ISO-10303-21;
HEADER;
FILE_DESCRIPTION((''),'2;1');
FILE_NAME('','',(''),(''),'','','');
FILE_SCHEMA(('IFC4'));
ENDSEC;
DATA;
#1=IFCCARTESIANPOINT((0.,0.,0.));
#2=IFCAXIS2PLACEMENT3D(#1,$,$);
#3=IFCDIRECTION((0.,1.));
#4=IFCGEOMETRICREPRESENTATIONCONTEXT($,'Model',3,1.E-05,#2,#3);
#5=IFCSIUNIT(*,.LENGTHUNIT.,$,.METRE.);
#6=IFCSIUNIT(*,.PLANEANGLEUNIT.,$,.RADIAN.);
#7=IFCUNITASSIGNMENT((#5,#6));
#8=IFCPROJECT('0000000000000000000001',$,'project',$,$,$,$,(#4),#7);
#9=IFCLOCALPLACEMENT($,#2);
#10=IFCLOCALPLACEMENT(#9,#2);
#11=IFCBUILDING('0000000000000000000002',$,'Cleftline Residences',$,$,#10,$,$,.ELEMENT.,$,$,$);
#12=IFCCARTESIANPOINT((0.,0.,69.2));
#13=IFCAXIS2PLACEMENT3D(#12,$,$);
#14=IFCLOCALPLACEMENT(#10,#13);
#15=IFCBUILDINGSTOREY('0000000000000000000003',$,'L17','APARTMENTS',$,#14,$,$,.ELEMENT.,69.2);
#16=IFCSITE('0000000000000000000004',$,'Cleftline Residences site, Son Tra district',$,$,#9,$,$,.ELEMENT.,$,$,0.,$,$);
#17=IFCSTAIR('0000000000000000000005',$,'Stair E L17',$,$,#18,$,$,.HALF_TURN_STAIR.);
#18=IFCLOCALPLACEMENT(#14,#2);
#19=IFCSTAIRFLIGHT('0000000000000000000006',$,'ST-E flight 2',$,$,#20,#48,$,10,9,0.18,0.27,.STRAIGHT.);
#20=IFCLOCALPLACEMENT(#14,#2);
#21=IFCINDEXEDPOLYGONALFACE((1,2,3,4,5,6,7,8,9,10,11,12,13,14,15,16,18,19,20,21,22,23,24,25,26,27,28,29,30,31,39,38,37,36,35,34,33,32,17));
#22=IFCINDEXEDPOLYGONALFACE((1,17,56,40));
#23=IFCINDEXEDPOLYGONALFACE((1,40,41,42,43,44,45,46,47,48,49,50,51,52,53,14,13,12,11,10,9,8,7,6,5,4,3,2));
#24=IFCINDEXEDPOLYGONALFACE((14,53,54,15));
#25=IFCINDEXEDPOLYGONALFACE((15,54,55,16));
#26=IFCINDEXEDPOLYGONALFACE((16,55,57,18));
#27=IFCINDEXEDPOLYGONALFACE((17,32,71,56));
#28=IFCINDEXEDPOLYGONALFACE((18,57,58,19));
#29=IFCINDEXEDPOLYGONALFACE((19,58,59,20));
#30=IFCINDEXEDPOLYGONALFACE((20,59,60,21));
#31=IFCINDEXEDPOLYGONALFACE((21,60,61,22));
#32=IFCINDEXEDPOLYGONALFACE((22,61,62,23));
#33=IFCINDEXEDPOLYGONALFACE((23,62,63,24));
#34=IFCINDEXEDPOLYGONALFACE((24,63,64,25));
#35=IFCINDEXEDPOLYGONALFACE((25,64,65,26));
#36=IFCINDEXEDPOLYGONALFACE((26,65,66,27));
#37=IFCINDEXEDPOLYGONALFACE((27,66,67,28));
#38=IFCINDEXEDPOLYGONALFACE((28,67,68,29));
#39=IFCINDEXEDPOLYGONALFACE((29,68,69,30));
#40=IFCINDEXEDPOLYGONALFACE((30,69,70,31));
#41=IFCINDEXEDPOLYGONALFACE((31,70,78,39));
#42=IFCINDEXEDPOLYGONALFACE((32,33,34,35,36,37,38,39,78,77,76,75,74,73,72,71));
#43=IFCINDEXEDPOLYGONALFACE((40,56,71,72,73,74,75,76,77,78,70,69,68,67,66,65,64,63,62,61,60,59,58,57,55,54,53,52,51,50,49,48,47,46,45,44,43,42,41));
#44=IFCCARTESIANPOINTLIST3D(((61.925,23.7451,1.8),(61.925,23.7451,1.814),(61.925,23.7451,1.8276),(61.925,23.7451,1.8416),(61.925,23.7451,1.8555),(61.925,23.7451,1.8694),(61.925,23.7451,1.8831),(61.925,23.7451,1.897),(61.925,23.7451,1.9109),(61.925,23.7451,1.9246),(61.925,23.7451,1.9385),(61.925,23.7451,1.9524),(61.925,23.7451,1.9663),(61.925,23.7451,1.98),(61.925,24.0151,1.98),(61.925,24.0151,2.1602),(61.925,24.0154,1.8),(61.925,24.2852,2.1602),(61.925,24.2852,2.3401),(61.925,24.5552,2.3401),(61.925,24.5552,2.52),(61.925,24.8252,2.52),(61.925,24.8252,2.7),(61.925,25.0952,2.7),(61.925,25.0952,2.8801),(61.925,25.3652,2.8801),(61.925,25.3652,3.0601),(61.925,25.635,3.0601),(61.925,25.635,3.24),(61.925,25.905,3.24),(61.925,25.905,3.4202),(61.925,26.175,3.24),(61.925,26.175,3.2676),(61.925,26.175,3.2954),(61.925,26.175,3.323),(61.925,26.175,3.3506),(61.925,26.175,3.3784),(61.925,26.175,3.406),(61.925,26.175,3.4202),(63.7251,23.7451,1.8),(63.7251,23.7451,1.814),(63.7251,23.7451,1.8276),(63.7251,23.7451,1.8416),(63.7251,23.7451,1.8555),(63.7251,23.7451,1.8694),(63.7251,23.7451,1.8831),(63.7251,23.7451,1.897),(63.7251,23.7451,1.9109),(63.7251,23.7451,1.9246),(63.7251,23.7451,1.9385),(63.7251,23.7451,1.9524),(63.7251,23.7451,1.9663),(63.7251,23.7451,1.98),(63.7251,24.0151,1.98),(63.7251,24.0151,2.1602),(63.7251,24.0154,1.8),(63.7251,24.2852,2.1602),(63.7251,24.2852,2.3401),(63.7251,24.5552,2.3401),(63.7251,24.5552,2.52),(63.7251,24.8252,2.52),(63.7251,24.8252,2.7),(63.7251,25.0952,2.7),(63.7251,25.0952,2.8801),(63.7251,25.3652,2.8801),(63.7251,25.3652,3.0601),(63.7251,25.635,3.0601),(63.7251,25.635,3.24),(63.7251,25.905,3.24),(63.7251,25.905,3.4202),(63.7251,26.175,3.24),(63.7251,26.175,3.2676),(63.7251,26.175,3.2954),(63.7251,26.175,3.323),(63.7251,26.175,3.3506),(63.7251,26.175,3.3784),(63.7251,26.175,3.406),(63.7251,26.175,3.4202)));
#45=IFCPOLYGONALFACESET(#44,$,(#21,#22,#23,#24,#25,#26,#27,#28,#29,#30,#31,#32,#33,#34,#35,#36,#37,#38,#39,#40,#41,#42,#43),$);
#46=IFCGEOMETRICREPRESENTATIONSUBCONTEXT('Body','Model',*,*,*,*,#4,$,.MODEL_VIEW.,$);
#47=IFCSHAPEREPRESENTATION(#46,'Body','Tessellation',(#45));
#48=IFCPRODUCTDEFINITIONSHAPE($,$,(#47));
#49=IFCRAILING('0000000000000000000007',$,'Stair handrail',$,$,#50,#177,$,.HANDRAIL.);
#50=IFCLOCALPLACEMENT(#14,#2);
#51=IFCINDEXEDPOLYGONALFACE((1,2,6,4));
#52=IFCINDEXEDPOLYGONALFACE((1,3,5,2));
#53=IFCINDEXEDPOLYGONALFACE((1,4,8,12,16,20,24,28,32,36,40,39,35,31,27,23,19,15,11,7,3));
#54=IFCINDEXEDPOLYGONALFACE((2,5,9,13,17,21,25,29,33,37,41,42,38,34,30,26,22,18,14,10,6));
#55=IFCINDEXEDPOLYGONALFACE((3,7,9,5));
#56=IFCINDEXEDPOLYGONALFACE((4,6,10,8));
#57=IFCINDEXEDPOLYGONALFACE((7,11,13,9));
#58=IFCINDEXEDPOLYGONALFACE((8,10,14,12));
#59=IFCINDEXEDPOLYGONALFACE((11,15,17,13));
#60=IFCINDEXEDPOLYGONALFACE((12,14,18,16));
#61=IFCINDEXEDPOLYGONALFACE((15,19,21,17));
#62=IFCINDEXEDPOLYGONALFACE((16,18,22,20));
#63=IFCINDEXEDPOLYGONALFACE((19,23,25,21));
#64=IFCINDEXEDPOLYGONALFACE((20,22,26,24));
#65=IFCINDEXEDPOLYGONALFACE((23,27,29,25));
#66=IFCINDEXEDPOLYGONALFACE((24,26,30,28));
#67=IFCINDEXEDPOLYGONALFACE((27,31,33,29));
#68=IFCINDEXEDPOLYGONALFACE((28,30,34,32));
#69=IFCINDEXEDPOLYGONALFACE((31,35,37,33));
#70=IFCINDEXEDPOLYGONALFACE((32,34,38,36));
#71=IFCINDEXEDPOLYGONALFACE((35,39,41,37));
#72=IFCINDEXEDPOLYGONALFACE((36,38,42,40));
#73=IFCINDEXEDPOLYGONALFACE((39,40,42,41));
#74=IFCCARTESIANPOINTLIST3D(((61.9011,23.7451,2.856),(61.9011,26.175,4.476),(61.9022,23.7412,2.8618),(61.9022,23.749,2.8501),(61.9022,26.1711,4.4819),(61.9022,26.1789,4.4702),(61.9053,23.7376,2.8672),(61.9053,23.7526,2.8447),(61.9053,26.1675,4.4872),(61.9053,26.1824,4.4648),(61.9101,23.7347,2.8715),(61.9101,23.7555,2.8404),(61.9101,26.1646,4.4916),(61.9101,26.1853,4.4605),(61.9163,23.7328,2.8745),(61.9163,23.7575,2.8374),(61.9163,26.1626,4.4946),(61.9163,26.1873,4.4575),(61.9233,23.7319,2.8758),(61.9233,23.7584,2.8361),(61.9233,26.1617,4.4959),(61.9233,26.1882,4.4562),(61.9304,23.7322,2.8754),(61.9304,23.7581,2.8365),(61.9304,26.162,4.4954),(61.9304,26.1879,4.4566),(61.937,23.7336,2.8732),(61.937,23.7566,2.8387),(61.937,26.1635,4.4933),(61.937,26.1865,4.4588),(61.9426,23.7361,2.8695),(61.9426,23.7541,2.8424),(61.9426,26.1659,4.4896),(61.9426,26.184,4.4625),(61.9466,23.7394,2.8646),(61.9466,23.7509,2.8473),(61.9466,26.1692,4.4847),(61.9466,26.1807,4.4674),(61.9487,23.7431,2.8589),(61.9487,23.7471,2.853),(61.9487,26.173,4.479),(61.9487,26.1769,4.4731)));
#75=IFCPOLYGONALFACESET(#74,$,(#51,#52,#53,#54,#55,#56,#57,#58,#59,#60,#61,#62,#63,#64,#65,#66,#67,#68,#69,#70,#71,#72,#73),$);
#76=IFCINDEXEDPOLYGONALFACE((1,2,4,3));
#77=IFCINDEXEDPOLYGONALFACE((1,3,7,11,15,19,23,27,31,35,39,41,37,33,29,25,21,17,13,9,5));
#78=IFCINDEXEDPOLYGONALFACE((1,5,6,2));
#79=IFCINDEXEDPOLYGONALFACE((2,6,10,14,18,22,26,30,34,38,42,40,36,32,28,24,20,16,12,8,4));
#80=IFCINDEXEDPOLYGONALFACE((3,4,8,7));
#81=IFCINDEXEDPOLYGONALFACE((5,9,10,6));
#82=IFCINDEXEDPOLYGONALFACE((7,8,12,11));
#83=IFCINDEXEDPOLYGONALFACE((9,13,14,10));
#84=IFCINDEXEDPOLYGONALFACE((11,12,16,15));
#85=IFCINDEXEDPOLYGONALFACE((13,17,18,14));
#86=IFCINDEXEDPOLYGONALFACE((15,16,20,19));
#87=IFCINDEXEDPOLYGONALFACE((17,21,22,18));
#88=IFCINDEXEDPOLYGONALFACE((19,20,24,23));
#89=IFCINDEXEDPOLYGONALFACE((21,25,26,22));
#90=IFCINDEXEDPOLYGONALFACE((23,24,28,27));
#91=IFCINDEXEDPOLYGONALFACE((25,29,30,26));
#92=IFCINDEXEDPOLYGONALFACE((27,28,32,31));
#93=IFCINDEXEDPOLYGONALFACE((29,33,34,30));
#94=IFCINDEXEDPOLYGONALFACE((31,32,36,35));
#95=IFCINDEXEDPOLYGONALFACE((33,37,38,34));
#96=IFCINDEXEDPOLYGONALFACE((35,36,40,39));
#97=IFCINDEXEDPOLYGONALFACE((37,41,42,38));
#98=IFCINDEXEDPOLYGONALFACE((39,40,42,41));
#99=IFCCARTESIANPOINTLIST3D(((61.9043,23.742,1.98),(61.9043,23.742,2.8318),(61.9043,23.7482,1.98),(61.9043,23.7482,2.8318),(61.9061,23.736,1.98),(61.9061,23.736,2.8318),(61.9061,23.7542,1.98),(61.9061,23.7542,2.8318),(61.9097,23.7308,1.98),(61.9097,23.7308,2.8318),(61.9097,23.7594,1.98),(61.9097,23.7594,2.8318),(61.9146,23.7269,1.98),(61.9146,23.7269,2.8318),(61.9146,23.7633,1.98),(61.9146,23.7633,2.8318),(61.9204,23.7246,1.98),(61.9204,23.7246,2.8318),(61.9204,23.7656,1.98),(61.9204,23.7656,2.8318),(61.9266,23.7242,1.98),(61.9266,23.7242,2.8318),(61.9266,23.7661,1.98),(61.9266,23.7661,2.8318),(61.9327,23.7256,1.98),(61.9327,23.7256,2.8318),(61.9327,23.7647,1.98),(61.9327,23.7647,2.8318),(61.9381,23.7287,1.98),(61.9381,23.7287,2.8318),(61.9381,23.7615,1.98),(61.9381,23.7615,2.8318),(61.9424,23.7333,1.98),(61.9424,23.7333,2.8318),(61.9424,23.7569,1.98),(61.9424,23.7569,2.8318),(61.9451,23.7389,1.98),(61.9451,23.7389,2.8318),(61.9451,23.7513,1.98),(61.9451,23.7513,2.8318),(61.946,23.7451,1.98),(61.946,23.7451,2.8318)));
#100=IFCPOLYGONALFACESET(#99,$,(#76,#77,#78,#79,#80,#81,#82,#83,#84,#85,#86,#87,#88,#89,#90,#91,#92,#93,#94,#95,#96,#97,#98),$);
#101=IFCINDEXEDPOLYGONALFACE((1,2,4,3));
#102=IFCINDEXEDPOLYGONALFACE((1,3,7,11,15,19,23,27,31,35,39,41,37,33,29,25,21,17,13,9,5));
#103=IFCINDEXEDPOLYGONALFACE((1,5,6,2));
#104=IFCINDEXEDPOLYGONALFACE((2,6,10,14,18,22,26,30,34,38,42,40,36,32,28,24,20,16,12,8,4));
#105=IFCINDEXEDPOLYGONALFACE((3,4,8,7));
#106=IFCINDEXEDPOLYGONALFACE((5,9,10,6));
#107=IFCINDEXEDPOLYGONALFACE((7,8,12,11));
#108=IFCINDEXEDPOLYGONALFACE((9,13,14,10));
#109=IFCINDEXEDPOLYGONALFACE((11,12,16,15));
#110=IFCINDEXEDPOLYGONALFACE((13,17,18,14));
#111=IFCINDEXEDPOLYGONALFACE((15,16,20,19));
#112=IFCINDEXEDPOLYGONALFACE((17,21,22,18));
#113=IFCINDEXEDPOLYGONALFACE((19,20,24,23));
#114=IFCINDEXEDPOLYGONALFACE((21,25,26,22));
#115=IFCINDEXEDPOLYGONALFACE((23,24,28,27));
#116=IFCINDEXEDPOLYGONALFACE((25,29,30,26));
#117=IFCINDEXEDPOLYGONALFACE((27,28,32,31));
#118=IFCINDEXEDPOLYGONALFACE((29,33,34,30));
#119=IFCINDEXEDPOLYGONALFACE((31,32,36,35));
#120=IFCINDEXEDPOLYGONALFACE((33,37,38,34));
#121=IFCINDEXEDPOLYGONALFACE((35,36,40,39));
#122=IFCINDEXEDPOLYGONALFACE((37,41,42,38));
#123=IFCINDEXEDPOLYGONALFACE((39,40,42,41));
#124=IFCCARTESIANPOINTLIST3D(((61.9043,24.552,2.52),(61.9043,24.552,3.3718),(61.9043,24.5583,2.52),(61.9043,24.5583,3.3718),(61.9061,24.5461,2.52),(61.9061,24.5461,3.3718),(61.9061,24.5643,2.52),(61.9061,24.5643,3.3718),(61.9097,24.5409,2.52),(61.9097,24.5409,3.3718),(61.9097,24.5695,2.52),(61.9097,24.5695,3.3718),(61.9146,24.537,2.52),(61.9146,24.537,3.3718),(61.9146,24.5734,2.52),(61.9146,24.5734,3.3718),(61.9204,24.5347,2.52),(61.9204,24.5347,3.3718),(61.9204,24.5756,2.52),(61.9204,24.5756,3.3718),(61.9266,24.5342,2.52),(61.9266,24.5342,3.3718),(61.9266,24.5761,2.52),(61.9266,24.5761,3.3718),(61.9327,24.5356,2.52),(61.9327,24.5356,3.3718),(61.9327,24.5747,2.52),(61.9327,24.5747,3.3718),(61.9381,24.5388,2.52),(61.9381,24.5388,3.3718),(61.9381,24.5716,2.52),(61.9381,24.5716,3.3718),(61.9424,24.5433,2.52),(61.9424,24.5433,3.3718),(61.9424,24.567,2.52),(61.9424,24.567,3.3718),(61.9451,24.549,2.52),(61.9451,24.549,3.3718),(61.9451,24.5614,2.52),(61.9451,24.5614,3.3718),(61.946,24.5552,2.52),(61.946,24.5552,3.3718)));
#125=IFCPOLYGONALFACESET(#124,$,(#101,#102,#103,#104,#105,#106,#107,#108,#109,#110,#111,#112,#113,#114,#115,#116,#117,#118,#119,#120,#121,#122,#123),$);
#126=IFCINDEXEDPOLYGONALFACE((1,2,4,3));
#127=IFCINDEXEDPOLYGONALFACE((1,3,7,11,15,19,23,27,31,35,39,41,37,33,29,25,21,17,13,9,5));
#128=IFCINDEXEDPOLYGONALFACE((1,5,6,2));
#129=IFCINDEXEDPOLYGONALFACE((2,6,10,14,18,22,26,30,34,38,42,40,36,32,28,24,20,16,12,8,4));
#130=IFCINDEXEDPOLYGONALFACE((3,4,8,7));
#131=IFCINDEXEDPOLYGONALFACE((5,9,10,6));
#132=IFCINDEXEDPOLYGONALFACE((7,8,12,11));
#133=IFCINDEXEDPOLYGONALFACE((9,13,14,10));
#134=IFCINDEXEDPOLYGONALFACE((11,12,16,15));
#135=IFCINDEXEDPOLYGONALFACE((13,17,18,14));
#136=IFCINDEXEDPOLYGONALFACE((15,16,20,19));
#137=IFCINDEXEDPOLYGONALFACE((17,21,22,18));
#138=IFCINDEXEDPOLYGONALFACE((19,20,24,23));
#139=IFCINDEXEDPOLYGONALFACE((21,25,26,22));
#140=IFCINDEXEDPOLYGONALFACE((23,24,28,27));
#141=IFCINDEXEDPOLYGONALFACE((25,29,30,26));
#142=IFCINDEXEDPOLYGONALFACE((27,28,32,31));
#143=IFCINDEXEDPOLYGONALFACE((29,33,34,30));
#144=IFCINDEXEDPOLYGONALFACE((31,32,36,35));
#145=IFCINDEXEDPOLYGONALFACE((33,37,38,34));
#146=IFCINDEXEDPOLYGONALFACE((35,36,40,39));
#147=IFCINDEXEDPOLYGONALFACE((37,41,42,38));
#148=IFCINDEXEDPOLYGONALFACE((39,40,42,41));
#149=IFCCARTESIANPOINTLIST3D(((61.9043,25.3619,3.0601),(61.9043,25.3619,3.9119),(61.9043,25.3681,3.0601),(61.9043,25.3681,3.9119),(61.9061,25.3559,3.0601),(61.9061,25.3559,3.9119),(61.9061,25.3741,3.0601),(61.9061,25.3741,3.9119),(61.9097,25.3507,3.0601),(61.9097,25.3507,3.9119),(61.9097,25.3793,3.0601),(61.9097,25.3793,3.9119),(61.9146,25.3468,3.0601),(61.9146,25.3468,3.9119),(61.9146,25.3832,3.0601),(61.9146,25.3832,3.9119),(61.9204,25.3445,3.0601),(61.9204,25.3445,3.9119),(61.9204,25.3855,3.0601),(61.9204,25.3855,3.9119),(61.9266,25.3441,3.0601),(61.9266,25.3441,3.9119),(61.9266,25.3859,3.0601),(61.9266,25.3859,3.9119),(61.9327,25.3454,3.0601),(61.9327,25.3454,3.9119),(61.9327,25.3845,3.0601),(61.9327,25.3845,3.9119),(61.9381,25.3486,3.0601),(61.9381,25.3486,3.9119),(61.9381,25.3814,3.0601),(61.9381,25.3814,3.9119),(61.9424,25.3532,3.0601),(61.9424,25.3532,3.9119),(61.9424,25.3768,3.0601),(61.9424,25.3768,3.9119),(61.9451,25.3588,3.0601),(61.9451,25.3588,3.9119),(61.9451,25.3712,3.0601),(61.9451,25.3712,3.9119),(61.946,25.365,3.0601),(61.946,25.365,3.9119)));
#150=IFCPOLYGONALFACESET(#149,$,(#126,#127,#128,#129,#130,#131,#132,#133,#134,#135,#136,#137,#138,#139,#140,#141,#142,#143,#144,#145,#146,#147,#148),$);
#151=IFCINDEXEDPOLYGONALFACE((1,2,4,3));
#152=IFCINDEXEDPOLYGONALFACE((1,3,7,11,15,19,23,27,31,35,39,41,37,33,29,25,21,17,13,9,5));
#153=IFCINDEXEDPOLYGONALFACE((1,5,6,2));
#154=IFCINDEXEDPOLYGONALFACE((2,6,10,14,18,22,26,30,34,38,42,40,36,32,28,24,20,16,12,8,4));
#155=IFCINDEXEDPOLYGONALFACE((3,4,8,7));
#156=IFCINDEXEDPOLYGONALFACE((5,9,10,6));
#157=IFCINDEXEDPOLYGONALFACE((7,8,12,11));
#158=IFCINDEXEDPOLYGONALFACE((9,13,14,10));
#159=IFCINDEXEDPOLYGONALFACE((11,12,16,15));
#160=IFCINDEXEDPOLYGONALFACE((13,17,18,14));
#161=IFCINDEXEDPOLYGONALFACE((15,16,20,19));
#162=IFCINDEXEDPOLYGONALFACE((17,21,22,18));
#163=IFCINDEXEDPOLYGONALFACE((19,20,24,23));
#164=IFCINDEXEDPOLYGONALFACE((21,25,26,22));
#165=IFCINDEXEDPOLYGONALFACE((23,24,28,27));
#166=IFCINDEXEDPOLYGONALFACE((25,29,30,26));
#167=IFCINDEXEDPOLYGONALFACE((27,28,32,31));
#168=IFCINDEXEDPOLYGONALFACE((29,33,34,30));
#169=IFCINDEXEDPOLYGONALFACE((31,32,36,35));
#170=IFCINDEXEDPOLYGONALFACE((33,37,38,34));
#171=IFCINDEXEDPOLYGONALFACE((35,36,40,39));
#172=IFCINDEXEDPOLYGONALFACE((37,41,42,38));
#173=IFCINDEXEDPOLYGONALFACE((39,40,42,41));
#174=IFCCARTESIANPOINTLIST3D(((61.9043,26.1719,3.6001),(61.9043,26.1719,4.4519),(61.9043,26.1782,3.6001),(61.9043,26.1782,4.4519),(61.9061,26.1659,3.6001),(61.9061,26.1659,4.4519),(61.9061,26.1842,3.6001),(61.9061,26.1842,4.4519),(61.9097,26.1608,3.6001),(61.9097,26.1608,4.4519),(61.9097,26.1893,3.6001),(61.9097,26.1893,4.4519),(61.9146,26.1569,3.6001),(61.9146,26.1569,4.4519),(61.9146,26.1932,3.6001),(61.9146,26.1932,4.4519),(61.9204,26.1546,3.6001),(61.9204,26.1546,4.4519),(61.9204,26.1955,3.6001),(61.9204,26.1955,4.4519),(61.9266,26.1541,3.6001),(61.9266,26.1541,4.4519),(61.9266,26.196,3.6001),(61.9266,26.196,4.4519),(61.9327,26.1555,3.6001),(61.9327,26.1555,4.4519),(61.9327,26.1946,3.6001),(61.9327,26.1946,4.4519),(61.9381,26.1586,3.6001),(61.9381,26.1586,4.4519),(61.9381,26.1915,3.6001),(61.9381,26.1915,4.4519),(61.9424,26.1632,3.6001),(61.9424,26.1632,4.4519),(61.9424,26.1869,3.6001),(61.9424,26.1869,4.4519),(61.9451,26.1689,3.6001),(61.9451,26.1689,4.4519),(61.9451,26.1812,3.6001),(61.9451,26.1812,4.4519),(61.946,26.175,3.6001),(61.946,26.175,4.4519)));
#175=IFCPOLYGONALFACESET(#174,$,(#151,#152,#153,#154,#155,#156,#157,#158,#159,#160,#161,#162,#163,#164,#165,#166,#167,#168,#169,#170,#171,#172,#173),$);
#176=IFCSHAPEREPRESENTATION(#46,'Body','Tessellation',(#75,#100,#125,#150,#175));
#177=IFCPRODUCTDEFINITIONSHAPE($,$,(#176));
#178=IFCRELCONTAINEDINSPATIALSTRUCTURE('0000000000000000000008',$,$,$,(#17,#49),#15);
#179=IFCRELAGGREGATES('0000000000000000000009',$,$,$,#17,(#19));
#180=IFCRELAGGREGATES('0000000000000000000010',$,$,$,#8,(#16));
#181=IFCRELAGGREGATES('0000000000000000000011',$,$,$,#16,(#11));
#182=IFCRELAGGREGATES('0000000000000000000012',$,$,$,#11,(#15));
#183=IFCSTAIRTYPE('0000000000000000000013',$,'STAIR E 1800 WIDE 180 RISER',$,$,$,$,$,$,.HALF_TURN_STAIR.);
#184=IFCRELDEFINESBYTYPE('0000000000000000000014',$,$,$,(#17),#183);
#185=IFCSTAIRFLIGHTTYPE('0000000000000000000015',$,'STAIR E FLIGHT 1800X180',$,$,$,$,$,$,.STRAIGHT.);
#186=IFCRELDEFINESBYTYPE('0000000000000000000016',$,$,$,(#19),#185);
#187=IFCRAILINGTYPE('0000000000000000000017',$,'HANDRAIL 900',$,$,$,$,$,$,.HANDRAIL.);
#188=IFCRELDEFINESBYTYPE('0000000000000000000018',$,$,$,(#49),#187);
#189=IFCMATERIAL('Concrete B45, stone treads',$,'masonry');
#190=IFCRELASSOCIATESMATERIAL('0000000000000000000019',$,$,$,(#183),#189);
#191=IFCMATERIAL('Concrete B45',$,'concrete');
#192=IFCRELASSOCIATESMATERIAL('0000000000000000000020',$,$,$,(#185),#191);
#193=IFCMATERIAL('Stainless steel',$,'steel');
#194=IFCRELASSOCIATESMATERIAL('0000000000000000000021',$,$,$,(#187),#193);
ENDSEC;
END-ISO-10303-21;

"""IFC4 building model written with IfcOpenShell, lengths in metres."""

from ifc_helpers import new_model, si_unit, direction, frame, origin, origin_2d, place, context, subcontext, project, spatial, polyline, circle, outline, extrude, material, type_object, element, aggregate, save


model = new_model("IFC4")

# Units and contexts
model_context = context("Model", 3, precision=1e-05, world=origin(), true_north=direction((0.0, 1.0)))
body_context = subcontext(model_context, "Body", "Model", "MODEL_VIEW")
ifc_project = project(units=[si_unit("LENGTHUNIT", "METRE"), si_unit("PLANEANGLEUNIT", "RADIAN")], contexts=[model_context])

# Site, building, storey
site_placement = place(None, origin())
site = spatial("IfcSite", under=ifc_project, at=site_placement, Name="Cleftline Residences site, Son Tra district", CompositionType="ELEMENT", RefElevation=0.0)
building_placement = place(site_placement, origin())
building = spatial("IfcBuilding", under=site, at=building_placement, Name="Cleftline Residences", CompositionType="ELEMENT")
storey_placement = place(building_placement, frame((0.0, 0.0, 69.2)))
storey = spatial("IfcBuildingStorey", under=building, at=storey_placement, Name="L17", Description="APARTMENTS", CompositionType="ELEMENT", Elevation=69.2)

# Stair, stair flight
ifc_material_1 = material(Name="Concrete B45, stone treads", Category="masonry")
stair_type = type_object("IfcStairType", Name="STAIR E 1800 WIDE 180 RISER", PredefinedType="HALF_TURN_STAIR", material=ifc_material_1)
stair_placement = place(storey_placement, origin())
stair = element("IfcStair", 1, at=stair_placement, inside=storey, type_object=stair_type, Name="Stair E L17", PredefinedType="HALF_TURN_STAIR")
ifc_material_2 = material(Name="Concrete B45", Category="concrete")
stair_flight_type = type_object("IfcStairFlightType", Name="STAIR E FLIGHT 1800X180", PredefinedType="STRAIGHT", material=ifc_material_2)
stair_flight_placement = place(storey_placement, frame((62.825, 23.7451, 1.8), z_axis=(0.0, 0.0, 1.0), x_axis=(0.0, 1.0, 0.0)))
stair_flight = element("IfcStairFlight", 2, at=stair_flight_placement, type_object=stair_flight_type, Name="ST-E flight 2", NumberOfRisers=10, NumberOfTreads=9, PredefinedType="STRAIGHT", RiserHeight=0.18, TreadLength=0.27, context=body_context, shape_type="SweptSolid", body=[
    extrude(outline(polyline([(0.0, 0.0), (0.0, 0.0139), (0.0, 0.0276), (0.0, 0.0415), (0.0, 0.0554), (0.0, 0.0693), (0.0, 0.083), (0.0, 0.0969), (0.0, 0.1108), (0.0, 0.1245), (0.0, 0.1384), (0.0, 0.1523), (0.0, 0.1663), (0.0, 0.1799), (0.27, 0.1799), (0.27, 0.3601), (0.54, 0.3601), (0.54, 0.54), (0.8101, 0.54), (0.8101, 0.72), (1.0801, 0.72), (1.0801, 0.8999), (1.3501, 0.8999), (1.3501, 1.0801), (1.6201, 1.0801), (1.6201, 1.26), (1.8899, 1.26), (1.8899, 1.4399), (2.1599, 1.4399), (2.1599, 1.6201), (2.4299, 1.6201), (2.4299, 1.8), (2.4299, 1.7722), (2.4299, 1.7446), (2.4299, 1.7168), (2.4299, 1.6892), (2.4299, 1.6614), (2.4299, 1.6338), (2.4299, 1.606), (2.4299, 1.5784), (2.4299, 1.5505), (2.4299, 1.5229), (2.4299, 1.4954), (2.4299, 1.4675), (2.4299, 1.4399), (0.2703, 0.0), (0.0, 0.0)])), frame((0.0, 0.8999, 0.0), z_axis=(0.0, -1.0, 0.0), x_axis=(1.0, 0.0, 0.0)), (0.0, 0.0, 1.0), 1.8),
])
aggregate(stair, [stair_flight])

# Railing
ifc_material_3 = material(Name="Stainless steel", Category="steel")
railing_type = type_object("IfcRailingType", Name="HANDRAIL 900", PredefinedType="HANDRAIL", material=ifc_material_3)
railing_placement = place(storey_placement, frame((61.925, 23.7451, 1.98)))
element("IfcRailing", 3, at=railing_placement, inside=storey, type_object=railing_type, Name="Stair handrail", PredefinedType="HANDRAIL", context=body_context, shape_type="SweptSolid", body=[
    extrude(circle(Radius=0.0239, at=origin_2d()), frame((0.0, 0.0, 0.876), z_axis=(0.0, 0.832025, 0.554739), x_axis=(-1.0, 0.0, 0.0)), (0.0, 0.0, 1.0), 2.9204),
    extrude(circle(Radius=0.021, at=origin_2d()), origin(), (0.0, 0.0, 1.0), 0.8518),
    extrude(circle(Radius=0.021, at=origin_2d()), frame((0.0, 0.8101, 0.54)), (0.0, 0.0, 1.0), 0.8518),
    extrude(circle(Radius=0.021, at=origin_2d()), frame((0.0, 1.6199, 1.0801)), (0.0, 0.0, 1.0), 0.8518),
    extrude(circle(Radius=0.021, at=origin_2d()), frame((0.0, 2.4299, 1.6201)), (0.0, 0.0, 1.0), 0.8518),
])

save(model, "model.ifc")
